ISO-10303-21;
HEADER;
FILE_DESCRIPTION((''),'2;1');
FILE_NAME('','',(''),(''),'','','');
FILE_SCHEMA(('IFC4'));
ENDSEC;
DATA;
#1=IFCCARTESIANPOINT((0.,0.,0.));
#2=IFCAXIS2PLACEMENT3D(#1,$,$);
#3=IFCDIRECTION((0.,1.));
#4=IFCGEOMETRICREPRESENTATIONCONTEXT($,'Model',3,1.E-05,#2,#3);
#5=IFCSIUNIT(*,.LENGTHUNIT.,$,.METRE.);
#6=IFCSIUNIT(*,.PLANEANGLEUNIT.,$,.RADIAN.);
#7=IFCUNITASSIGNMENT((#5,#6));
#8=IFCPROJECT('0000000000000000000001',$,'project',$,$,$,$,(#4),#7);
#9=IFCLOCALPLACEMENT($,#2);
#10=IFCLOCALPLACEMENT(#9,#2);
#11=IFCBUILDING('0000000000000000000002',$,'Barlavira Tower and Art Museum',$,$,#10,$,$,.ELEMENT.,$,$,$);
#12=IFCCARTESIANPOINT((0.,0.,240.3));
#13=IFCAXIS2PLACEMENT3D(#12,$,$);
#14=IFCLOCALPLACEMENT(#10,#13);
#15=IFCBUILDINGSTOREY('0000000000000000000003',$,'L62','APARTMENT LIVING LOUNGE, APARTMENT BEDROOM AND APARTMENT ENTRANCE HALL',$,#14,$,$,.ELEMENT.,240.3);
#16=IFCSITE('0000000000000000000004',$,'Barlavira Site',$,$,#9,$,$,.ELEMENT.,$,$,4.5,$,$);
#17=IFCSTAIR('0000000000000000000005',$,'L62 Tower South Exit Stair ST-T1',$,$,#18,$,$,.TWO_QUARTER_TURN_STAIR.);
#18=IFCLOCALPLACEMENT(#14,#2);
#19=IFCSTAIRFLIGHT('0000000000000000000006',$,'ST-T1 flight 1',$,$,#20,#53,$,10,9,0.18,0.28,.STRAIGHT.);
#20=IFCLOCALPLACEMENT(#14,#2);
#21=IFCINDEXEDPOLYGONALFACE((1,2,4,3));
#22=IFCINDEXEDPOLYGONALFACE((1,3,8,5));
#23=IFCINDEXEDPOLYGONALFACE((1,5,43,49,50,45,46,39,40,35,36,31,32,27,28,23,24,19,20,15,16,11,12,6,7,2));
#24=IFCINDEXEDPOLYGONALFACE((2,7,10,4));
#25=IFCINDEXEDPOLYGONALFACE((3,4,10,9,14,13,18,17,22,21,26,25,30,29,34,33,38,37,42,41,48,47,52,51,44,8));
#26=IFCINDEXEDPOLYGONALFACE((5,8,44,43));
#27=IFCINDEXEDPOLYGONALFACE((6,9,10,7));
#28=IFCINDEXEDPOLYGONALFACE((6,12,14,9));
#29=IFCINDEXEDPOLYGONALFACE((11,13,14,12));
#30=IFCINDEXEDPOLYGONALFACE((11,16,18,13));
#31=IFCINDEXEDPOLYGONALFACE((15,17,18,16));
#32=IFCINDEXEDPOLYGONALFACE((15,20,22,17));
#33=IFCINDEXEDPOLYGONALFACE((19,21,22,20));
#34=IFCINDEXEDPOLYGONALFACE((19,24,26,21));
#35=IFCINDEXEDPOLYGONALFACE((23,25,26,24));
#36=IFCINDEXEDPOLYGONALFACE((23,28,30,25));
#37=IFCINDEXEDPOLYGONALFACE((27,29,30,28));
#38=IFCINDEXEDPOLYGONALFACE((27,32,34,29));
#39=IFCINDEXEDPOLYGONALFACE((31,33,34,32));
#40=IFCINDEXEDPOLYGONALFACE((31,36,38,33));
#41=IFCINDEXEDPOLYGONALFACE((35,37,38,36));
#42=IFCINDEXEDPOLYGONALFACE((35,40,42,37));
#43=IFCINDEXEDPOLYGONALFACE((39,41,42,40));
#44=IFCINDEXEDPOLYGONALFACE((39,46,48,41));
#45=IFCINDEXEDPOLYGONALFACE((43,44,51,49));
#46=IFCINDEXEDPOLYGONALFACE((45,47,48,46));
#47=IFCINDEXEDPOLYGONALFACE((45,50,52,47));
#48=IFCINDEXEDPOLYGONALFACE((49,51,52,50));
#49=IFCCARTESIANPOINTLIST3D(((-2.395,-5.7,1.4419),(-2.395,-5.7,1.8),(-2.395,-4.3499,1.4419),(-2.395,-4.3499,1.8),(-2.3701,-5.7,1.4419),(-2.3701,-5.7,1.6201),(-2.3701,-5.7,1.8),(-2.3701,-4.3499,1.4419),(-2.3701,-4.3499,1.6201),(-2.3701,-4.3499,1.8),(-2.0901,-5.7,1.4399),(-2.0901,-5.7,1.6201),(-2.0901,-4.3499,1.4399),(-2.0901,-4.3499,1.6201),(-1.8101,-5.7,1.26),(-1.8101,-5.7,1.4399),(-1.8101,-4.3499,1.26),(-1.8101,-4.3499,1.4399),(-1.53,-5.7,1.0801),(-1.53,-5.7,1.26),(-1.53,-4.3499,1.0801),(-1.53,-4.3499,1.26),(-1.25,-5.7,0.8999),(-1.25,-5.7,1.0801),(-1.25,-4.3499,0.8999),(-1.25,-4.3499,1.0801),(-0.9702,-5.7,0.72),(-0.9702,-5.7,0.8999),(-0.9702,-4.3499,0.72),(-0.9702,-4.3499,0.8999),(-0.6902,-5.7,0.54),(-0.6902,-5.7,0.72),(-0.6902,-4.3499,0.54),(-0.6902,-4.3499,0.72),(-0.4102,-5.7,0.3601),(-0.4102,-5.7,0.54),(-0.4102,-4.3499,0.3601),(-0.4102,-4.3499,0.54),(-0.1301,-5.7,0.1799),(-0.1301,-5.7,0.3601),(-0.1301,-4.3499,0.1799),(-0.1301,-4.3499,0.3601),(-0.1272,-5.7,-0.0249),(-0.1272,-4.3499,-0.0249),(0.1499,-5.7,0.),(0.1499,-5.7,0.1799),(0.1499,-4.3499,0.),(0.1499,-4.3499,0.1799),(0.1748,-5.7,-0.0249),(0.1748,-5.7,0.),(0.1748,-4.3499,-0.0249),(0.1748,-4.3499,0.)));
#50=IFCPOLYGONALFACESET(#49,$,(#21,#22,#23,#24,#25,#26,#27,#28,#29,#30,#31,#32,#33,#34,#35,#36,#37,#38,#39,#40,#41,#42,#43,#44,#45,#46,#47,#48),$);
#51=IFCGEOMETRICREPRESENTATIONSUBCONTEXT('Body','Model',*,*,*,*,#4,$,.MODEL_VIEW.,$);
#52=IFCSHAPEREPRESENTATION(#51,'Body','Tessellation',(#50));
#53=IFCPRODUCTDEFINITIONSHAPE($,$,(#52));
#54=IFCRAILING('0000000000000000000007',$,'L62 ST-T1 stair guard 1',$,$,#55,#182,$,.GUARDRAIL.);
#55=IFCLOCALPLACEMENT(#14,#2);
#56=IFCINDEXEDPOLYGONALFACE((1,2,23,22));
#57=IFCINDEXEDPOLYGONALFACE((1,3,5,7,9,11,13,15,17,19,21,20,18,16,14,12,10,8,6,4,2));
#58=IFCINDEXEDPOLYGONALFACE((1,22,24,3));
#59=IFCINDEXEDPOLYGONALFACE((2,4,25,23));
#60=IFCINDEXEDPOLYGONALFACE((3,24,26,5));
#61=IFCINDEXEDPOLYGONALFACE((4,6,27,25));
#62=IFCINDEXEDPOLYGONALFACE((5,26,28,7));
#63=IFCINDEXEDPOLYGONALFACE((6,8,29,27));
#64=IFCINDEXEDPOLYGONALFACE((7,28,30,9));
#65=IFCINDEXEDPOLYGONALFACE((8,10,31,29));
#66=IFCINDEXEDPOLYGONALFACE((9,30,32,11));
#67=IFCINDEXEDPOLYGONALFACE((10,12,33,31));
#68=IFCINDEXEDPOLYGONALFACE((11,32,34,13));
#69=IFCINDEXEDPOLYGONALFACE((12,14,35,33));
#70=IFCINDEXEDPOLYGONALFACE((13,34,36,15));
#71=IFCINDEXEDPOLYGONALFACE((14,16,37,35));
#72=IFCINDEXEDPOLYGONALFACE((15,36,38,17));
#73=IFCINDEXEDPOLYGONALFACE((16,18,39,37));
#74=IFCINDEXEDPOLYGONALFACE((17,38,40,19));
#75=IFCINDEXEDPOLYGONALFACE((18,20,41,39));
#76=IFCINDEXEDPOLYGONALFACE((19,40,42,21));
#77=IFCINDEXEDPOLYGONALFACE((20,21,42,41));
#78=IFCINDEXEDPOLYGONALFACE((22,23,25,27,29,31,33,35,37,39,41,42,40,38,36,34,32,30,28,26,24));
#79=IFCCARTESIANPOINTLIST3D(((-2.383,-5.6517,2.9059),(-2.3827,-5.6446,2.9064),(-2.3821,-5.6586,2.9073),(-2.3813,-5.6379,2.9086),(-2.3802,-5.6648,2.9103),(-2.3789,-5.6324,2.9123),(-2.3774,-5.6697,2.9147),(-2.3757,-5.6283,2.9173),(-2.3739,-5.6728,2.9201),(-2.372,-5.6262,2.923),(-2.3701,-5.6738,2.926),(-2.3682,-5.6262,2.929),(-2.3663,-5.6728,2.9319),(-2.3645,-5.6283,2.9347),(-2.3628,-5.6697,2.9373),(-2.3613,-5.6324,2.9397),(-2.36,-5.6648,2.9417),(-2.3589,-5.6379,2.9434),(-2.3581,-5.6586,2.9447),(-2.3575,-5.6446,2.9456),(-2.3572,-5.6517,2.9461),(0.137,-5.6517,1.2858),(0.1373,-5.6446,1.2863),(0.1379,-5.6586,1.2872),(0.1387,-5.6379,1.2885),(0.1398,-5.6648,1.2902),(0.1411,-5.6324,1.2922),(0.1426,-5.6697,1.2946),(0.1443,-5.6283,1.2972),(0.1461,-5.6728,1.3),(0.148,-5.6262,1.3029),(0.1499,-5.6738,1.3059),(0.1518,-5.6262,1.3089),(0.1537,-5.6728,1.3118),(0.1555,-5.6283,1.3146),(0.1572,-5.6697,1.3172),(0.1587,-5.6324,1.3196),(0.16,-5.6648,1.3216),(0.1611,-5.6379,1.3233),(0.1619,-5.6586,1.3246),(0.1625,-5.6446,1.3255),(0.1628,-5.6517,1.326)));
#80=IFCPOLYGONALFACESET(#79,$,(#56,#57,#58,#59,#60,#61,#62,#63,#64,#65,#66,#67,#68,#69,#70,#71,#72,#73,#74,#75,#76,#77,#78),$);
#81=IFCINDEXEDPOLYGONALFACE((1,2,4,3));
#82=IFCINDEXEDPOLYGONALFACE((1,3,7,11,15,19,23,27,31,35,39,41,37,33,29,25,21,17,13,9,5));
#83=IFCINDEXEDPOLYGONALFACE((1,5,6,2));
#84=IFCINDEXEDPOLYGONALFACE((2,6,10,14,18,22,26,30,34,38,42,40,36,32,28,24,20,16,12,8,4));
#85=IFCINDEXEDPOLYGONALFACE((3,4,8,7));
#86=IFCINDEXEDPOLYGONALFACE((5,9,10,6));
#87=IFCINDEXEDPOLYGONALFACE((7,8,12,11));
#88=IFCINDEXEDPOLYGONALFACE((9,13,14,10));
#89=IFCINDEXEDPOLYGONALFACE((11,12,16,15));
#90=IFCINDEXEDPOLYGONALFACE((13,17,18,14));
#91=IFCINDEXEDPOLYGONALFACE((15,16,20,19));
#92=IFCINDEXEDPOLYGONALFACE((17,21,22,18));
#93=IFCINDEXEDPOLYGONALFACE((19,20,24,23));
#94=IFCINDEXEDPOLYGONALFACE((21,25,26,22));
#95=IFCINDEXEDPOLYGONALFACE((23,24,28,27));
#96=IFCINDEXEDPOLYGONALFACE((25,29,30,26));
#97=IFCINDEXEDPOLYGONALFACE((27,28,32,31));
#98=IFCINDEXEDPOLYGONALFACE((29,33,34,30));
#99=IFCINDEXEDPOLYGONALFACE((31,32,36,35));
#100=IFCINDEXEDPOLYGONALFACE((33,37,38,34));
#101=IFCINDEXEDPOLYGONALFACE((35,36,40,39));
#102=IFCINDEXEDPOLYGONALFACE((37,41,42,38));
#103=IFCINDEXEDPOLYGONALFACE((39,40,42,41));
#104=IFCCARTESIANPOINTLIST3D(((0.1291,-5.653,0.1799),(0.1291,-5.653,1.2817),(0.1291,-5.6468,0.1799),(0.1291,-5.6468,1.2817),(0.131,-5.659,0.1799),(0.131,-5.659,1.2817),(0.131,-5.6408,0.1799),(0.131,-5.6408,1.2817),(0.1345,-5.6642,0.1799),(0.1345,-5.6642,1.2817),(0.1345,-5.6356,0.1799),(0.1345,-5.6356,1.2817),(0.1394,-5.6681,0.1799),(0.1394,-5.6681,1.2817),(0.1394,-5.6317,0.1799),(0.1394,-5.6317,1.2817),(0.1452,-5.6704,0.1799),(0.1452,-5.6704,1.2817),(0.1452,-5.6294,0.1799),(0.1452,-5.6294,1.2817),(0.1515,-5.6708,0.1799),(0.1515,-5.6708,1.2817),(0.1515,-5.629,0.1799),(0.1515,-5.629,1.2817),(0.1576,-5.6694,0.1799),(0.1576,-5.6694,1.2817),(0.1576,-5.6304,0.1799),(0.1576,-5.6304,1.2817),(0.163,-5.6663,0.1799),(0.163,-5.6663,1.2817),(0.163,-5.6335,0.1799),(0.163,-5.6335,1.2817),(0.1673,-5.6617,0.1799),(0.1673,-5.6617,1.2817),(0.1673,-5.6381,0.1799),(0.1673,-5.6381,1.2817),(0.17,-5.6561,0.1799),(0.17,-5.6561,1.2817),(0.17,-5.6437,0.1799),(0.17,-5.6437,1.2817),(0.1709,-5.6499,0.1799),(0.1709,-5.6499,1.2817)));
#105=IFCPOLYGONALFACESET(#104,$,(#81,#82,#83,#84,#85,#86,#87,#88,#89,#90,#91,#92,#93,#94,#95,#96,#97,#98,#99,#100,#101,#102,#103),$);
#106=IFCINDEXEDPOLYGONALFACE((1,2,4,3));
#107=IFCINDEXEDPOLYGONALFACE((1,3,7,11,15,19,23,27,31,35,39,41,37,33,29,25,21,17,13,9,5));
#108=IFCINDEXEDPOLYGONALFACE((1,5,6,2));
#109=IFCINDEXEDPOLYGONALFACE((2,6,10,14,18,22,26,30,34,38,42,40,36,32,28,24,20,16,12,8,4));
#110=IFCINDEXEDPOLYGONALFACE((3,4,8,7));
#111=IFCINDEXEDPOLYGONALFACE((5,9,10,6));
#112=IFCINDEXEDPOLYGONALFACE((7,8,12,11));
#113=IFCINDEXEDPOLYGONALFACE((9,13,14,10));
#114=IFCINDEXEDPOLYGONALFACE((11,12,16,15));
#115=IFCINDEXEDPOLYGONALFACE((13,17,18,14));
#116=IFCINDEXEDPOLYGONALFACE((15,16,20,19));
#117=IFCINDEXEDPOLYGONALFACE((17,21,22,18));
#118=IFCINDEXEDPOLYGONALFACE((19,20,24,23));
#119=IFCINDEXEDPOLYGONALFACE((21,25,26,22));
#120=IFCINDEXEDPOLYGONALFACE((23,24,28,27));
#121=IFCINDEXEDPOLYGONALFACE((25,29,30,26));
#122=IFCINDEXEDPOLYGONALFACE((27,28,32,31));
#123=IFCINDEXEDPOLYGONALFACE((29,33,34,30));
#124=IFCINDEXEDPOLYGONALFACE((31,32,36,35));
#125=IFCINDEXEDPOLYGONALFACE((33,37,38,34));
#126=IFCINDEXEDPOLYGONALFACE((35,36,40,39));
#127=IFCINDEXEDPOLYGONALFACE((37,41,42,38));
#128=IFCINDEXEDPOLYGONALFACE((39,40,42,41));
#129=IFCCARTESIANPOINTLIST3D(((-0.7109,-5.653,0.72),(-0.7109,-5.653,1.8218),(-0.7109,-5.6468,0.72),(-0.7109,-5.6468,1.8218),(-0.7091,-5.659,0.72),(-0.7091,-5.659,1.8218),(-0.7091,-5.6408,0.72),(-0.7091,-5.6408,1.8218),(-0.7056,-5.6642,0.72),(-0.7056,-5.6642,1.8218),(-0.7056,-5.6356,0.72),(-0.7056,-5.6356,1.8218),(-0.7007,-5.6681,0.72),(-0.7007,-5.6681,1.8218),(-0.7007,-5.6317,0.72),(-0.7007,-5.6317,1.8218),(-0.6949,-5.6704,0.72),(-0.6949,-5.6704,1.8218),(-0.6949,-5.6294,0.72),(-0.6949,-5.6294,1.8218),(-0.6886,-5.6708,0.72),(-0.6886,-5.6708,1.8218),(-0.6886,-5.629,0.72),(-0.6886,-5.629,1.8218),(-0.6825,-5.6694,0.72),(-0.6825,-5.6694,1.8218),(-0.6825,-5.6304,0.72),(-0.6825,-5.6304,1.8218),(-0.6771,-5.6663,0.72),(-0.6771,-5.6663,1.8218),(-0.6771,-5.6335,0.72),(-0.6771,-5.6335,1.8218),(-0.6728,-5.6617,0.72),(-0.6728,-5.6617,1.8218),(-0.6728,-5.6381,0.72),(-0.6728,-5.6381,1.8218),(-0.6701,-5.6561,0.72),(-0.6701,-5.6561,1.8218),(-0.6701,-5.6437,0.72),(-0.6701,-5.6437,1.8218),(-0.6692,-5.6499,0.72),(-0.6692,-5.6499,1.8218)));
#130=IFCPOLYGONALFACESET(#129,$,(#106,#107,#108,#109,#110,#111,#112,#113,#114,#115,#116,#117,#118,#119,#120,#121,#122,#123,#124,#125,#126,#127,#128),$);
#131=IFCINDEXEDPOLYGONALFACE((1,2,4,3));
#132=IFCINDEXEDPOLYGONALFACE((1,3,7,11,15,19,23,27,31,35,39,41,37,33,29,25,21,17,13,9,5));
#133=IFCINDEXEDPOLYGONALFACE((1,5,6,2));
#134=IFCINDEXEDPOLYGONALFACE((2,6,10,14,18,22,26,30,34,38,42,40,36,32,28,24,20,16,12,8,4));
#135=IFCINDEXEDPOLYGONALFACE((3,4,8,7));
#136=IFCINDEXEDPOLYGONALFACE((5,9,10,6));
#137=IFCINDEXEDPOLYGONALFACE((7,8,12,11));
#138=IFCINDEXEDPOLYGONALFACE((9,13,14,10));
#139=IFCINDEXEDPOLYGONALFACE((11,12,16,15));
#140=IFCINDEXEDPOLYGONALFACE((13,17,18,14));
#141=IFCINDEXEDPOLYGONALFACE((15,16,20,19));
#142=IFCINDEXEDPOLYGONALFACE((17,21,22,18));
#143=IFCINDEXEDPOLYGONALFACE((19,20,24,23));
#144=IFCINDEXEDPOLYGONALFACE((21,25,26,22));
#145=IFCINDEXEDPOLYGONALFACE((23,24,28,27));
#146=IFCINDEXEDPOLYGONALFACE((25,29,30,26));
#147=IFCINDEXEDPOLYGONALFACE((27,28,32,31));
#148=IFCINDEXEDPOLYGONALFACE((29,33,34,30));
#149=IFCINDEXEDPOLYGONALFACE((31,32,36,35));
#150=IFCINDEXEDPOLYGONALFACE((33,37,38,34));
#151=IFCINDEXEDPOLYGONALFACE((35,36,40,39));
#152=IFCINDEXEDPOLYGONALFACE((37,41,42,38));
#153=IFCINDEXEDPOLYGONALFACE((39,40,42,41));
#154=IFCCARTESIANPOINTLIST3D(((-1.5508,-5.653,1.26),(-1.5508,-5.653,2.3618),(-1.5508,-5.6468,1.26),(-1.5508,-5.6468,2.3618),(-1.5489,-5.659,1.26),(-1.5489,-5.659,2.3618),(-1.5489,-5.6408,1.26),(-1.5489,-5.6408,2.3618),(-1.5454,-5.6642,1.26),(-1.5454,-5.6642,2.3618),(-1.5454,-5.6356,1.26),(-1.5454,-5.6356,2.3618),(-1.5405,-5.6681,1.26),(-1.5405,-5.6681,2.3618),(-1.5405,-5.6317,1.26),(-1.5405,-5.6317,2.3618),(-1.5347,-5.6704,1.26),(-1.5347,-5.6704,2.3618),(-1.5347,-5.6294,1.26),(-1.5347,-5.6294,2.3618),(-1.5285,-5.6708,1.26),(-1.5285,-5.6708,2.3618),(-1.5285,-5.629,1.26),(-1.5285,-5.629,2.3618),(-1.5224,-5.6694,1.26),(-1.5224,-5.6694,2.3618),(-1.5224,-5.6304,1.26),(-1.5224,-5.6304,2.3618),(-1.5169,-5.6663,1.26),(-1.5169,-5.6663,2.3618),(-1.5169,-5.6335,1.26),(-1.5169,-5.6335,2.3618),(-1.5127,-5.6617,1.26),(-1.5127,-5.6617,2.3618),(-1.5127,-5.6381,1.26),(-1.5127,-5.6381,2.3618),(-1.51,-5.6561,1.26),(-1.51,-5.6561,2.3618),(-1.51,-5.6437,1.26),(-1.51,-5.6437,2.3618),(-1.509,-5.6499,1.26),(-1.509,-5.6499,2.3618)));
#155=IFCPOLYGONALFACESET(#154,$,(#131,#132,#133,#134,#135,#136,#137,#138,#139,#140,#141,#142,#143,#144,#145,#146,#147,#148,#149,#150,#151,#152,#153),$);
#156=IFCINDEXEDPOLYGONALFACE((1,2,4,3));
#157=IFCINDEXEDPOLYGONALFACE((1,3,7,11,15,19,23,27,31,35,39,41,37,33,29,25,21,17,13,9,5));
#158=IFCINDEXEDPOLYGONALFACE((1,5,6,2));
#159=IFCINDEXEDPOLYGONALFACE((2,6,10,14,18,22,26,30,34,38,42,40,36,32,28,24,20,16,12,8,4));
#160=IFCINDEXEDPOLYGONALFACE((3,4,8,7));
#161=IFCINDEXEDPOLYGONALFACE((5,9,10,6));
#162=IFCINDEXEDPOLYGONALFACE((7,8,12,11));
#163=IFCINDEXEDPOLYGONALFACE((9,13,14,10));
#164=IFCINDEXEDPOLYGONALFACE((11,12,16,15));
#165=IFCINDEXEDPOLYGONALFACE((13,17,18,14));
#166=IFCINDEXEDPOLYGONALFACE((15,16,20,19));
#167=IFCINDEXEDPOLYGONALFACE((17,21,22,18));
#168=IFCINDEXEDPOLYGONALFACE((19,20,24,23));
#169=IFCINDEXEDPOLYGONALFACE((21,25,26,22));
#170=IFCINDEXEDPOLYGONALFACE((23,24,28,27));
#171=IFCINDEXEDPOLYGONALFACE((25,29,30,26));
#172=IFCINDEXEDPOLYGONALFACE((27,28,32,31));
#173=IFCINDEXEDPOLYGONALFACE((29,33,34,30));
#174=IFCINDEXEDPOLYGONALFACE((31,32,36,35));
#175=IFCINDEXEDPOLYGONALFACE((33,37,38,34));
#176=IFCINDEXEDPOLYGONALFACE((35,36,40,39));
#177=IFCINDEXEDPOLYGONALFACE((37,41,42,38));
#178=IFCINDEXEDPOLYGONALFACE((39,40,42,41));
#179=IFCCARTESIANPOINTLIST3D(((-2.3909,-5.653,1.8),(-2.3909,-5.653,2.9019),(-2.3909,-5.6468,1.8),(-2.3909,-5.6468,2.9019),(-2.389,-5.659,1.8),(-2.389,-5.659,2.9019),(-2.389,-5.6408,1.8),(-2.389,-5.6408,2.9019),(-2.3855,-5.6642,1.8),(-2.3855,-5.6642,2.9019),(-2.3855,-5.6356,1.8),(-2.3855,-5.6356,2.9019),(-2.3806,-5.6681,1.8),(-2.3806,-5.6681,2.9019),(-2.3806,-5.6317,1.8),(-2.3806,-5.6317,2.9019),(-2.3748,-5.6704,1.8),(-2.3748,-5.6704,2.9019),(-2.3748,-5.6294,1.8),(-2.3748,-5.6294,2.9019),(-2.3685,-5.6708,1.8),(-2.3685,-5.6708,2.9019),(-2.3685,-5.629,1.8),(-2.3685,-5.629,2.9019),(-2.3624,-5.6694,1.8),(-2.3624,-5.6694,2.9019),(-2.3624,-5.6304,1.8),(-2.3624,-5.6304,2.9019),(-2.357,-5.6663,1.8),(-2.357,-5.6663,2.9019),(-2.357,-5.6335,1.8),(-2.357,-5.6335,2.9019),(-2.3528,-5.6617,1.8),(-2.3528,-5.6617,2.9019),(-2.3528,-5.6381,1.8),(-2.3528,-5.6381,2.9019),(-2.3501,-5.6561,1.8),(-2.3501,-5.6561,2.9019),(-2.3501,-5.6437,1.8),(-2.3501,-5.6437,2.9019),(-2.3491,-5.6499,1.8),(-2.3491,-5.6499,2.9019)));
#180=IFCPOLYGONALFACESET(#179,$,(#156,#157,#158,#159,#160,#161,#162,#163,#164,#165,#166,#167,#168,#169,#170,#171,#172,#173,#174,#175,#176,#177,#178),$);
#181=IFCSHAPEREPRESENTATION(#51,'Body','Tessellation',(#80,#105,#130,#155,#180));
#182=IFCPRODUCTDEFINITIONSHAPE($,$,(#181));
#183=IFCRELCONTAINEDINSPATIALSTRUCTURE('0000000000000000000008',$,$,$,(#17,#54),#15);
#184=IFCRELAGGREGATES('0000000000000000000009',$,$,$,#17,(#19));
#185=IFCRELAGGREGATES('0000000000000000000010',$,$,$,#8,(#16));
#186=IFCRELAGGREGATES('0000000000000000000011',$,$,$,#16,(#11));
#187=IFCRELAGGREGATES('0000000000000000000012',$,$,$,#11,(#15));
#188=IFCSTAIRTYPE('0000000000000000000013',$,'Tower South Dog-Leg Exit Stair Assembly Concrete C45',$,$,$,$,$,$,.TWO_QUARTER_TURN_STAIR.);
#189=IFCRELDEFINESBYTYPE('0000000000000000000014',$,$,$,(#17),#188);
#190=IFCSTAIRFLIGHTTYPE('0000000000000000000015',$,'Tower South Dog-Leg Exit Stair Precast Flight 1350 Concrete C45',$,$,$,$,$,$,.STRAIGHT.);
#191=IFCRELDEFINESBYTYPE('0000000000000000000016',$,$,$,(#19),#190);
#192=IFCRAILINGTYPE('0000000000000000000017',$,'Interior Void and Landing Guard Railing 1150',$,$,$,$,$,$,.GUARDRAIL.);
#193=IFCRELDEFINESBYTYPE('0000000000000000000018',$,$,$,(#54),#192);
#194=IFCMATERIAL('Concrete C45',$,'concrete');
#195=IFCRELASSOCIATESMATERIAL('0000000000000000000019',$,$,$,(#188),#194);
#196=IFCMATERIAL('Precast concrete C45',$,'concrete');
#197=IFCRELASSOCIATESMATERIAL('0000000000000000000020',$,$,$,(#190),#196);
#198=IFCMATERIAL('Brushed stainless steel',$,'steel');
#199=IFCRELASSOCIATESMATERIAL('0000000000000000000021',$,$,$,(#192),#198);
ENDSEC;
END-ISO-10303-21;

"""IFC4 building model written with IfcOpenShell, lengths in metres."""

from ifc_helpers import new_model, si_unit, direction, frame, origin, origin_2d, place, context, subcontext, project, spatial, polyline, circle, outline, extrude, material, type_object, element, aggregate, save


model = new_model("IFC4")

# Units and contexts
model_context = context("Model", 3, precision=1e-05, world=origin(), true_north=direction((0.0, 1.0)))
body_context = subcontext(model_context, "Body", "Model", "MODEL_VIEW")
ifc_project = project(units=[si_unit("LENGTHUNIT", "METRE"), si_unit("PLANEANGLEUNIT", "RADIAN")], contexts=[model_context])

# Site, building, storey
site_placement = place(None, origin())
site = spatial("IfcSite", under=ifc_project, at=site_placement, Name="Barlavira Site", CompositionType="ELEMENT", RefElevation=4.5)
building_placement = place(site_placement, origin())
building = spatial("IfcBuilding", under=site, at=building_placement, Name="Barlavira Tower and Art Museum", CompositionType="ELEMENT")
storey_placement = place(building_placement, frame((0.0, 0.0, 240.3)))
storey = spatial("IfcBuildingStorey", under=building, at=storey_placement, Name="L62", Description="APARTMENT LIVING LOUNGE, APARTMENT BEDROOM AND APARTMENT ENTRANCE HALL", CompositionType="ELEMENT", Elevation=240.3)

# Shared definitions
ifc_material_1 = material(Name="Brushed stainless steel", Category="steel")

# Stair, stair flight
ifc_material_2 = material(Name="Concrete C45", Category="concrete")
stair_type = type_object("IfcStairType", Name="Tower South Dog-Leg Exit Stair Assembly Concrete C45", PredefinedType="TWO_QUARTER_TURN_STAIR", material=ifc_material_2)
stair_placement = place(storey_placement, origin())
stair = element("IfcStair", 1, at=stair_placement, inside=storey, type_object=stair_type, Name="L62 Tower South Exit Stair ST-T1", PredefinedType="TWO_QUARTER_TURN_STAIR")
ifc_material_3 = material(Name="Precast concrete C45", Category="concrete")
stair_flight_type = type_object("IfcStairFlightType", Name="Tower South Dog-Leg Exit Stair Precast Flight 1350 Concrete C45", PredefinedType="STRAIGHT", material=ifc_material_3)
stair_flight_placement = place(storey_placement, frame((0.1499, -5.0249, 0.0), z_axis=(0.0, 0.0, 1.0), x_axis=(-1.0, 0.0, 0.0)))
stair_flight = element("IfcStairFlight", 2, at=stair_flight_placement, type_object=stair_flight_type, Name="ST-T1 flight 1", NumberOfRisers=10, NumberOfTreads=9, PredefinedType="STRAIGHT", RiserHeight=0.18, TreadLength=0.28, context=body_context, shape_type="SweptSolid", body=[
    extrude(outline(polyline([(-0.0249, 0.0), (0.0, 0.0), (0.0, 0.1799), (0.28, 0.1799), (0.28, 0.3601), (0.5601, 0.3601), (0.5601, 0.54), (0.8401, 0.54), (0.8401, 0.72), (1.1201, 0.72), (1.1201, 0.8999), (1.3999, 0.8999), (1.3999, 1.0801), (1.6799, 1.0801), (1.6799, 1.26), (1.96, 1.26), (1.96, 1.4399), (2.24, 1.4399), (2.24, 1.6201), (2.52, 1.6201), (2.52, 1.8), (2.5449, 1.8), (2.5449, 1.4419), (2.52, 1.4419), (0.2771, -0.0249), (-0.0249, -0.0249), (-0.0249, 0.0)])), frame((0.0, 0.675, 0.0), z_axis=(0.0, -1.0, 0.0), x_axis=(1.0, 0.0, 0.0)), (0.0, 0.0, 1.0), 1.3501),
])
aggregate(stair, [stair_flight])

# Railing
railing_type_1 = type_object("IfcRailingType", Name="Interior Void and Landing Guard Railing 1150", PredefinedType="GUARDRAIL", material=ifc_material_1)
railing_1_placement = place(storey_placement, frame((0.1499, -5.6499, 0.1799)))
element("IfcRailing", 3, at=railing_1_placement, inside=storey, type_object=railing_type_1, Name="L62 ST-T1 stair guard 1", PredefinedType="GUARDRAIL", context=body_context, shape_type="SweptSolid", body=[
    extrude(circle(Radius=0.0239, at=origin_2d()), frame((0.0, 0.0, 1.126), z_axis=(-0.841163, 0.0, 0.540782), x_axis=(0.0, -1.0, 0.0)), (0.0, 0.0, 1.0), 2.9958),
    extrude(circle(Radius=0.021, at=origin_2d()), origin(), (0.0, 0.0, 1.0), 1.1018),
    extrude(circle(Radius=0.021, at=origin_2d()), frame((-0.8401, 0.0, 0.54)), (0.0, 0.0, 1.0), 1.1018),
    extrude(circle(Radius=0.021, at=origin_2d()), frame((-1.6799, 0.0, 1.0801)), (0.0, 0.0, 1.0), 1.1018),
    extrude(circle(Radius=0.021, at=origin_2d()), frame((-2.52, 0.0, 1.6201)), (0.0, 0.0, 1.0), 1.1018),
])

save(model, "model.ifc")
